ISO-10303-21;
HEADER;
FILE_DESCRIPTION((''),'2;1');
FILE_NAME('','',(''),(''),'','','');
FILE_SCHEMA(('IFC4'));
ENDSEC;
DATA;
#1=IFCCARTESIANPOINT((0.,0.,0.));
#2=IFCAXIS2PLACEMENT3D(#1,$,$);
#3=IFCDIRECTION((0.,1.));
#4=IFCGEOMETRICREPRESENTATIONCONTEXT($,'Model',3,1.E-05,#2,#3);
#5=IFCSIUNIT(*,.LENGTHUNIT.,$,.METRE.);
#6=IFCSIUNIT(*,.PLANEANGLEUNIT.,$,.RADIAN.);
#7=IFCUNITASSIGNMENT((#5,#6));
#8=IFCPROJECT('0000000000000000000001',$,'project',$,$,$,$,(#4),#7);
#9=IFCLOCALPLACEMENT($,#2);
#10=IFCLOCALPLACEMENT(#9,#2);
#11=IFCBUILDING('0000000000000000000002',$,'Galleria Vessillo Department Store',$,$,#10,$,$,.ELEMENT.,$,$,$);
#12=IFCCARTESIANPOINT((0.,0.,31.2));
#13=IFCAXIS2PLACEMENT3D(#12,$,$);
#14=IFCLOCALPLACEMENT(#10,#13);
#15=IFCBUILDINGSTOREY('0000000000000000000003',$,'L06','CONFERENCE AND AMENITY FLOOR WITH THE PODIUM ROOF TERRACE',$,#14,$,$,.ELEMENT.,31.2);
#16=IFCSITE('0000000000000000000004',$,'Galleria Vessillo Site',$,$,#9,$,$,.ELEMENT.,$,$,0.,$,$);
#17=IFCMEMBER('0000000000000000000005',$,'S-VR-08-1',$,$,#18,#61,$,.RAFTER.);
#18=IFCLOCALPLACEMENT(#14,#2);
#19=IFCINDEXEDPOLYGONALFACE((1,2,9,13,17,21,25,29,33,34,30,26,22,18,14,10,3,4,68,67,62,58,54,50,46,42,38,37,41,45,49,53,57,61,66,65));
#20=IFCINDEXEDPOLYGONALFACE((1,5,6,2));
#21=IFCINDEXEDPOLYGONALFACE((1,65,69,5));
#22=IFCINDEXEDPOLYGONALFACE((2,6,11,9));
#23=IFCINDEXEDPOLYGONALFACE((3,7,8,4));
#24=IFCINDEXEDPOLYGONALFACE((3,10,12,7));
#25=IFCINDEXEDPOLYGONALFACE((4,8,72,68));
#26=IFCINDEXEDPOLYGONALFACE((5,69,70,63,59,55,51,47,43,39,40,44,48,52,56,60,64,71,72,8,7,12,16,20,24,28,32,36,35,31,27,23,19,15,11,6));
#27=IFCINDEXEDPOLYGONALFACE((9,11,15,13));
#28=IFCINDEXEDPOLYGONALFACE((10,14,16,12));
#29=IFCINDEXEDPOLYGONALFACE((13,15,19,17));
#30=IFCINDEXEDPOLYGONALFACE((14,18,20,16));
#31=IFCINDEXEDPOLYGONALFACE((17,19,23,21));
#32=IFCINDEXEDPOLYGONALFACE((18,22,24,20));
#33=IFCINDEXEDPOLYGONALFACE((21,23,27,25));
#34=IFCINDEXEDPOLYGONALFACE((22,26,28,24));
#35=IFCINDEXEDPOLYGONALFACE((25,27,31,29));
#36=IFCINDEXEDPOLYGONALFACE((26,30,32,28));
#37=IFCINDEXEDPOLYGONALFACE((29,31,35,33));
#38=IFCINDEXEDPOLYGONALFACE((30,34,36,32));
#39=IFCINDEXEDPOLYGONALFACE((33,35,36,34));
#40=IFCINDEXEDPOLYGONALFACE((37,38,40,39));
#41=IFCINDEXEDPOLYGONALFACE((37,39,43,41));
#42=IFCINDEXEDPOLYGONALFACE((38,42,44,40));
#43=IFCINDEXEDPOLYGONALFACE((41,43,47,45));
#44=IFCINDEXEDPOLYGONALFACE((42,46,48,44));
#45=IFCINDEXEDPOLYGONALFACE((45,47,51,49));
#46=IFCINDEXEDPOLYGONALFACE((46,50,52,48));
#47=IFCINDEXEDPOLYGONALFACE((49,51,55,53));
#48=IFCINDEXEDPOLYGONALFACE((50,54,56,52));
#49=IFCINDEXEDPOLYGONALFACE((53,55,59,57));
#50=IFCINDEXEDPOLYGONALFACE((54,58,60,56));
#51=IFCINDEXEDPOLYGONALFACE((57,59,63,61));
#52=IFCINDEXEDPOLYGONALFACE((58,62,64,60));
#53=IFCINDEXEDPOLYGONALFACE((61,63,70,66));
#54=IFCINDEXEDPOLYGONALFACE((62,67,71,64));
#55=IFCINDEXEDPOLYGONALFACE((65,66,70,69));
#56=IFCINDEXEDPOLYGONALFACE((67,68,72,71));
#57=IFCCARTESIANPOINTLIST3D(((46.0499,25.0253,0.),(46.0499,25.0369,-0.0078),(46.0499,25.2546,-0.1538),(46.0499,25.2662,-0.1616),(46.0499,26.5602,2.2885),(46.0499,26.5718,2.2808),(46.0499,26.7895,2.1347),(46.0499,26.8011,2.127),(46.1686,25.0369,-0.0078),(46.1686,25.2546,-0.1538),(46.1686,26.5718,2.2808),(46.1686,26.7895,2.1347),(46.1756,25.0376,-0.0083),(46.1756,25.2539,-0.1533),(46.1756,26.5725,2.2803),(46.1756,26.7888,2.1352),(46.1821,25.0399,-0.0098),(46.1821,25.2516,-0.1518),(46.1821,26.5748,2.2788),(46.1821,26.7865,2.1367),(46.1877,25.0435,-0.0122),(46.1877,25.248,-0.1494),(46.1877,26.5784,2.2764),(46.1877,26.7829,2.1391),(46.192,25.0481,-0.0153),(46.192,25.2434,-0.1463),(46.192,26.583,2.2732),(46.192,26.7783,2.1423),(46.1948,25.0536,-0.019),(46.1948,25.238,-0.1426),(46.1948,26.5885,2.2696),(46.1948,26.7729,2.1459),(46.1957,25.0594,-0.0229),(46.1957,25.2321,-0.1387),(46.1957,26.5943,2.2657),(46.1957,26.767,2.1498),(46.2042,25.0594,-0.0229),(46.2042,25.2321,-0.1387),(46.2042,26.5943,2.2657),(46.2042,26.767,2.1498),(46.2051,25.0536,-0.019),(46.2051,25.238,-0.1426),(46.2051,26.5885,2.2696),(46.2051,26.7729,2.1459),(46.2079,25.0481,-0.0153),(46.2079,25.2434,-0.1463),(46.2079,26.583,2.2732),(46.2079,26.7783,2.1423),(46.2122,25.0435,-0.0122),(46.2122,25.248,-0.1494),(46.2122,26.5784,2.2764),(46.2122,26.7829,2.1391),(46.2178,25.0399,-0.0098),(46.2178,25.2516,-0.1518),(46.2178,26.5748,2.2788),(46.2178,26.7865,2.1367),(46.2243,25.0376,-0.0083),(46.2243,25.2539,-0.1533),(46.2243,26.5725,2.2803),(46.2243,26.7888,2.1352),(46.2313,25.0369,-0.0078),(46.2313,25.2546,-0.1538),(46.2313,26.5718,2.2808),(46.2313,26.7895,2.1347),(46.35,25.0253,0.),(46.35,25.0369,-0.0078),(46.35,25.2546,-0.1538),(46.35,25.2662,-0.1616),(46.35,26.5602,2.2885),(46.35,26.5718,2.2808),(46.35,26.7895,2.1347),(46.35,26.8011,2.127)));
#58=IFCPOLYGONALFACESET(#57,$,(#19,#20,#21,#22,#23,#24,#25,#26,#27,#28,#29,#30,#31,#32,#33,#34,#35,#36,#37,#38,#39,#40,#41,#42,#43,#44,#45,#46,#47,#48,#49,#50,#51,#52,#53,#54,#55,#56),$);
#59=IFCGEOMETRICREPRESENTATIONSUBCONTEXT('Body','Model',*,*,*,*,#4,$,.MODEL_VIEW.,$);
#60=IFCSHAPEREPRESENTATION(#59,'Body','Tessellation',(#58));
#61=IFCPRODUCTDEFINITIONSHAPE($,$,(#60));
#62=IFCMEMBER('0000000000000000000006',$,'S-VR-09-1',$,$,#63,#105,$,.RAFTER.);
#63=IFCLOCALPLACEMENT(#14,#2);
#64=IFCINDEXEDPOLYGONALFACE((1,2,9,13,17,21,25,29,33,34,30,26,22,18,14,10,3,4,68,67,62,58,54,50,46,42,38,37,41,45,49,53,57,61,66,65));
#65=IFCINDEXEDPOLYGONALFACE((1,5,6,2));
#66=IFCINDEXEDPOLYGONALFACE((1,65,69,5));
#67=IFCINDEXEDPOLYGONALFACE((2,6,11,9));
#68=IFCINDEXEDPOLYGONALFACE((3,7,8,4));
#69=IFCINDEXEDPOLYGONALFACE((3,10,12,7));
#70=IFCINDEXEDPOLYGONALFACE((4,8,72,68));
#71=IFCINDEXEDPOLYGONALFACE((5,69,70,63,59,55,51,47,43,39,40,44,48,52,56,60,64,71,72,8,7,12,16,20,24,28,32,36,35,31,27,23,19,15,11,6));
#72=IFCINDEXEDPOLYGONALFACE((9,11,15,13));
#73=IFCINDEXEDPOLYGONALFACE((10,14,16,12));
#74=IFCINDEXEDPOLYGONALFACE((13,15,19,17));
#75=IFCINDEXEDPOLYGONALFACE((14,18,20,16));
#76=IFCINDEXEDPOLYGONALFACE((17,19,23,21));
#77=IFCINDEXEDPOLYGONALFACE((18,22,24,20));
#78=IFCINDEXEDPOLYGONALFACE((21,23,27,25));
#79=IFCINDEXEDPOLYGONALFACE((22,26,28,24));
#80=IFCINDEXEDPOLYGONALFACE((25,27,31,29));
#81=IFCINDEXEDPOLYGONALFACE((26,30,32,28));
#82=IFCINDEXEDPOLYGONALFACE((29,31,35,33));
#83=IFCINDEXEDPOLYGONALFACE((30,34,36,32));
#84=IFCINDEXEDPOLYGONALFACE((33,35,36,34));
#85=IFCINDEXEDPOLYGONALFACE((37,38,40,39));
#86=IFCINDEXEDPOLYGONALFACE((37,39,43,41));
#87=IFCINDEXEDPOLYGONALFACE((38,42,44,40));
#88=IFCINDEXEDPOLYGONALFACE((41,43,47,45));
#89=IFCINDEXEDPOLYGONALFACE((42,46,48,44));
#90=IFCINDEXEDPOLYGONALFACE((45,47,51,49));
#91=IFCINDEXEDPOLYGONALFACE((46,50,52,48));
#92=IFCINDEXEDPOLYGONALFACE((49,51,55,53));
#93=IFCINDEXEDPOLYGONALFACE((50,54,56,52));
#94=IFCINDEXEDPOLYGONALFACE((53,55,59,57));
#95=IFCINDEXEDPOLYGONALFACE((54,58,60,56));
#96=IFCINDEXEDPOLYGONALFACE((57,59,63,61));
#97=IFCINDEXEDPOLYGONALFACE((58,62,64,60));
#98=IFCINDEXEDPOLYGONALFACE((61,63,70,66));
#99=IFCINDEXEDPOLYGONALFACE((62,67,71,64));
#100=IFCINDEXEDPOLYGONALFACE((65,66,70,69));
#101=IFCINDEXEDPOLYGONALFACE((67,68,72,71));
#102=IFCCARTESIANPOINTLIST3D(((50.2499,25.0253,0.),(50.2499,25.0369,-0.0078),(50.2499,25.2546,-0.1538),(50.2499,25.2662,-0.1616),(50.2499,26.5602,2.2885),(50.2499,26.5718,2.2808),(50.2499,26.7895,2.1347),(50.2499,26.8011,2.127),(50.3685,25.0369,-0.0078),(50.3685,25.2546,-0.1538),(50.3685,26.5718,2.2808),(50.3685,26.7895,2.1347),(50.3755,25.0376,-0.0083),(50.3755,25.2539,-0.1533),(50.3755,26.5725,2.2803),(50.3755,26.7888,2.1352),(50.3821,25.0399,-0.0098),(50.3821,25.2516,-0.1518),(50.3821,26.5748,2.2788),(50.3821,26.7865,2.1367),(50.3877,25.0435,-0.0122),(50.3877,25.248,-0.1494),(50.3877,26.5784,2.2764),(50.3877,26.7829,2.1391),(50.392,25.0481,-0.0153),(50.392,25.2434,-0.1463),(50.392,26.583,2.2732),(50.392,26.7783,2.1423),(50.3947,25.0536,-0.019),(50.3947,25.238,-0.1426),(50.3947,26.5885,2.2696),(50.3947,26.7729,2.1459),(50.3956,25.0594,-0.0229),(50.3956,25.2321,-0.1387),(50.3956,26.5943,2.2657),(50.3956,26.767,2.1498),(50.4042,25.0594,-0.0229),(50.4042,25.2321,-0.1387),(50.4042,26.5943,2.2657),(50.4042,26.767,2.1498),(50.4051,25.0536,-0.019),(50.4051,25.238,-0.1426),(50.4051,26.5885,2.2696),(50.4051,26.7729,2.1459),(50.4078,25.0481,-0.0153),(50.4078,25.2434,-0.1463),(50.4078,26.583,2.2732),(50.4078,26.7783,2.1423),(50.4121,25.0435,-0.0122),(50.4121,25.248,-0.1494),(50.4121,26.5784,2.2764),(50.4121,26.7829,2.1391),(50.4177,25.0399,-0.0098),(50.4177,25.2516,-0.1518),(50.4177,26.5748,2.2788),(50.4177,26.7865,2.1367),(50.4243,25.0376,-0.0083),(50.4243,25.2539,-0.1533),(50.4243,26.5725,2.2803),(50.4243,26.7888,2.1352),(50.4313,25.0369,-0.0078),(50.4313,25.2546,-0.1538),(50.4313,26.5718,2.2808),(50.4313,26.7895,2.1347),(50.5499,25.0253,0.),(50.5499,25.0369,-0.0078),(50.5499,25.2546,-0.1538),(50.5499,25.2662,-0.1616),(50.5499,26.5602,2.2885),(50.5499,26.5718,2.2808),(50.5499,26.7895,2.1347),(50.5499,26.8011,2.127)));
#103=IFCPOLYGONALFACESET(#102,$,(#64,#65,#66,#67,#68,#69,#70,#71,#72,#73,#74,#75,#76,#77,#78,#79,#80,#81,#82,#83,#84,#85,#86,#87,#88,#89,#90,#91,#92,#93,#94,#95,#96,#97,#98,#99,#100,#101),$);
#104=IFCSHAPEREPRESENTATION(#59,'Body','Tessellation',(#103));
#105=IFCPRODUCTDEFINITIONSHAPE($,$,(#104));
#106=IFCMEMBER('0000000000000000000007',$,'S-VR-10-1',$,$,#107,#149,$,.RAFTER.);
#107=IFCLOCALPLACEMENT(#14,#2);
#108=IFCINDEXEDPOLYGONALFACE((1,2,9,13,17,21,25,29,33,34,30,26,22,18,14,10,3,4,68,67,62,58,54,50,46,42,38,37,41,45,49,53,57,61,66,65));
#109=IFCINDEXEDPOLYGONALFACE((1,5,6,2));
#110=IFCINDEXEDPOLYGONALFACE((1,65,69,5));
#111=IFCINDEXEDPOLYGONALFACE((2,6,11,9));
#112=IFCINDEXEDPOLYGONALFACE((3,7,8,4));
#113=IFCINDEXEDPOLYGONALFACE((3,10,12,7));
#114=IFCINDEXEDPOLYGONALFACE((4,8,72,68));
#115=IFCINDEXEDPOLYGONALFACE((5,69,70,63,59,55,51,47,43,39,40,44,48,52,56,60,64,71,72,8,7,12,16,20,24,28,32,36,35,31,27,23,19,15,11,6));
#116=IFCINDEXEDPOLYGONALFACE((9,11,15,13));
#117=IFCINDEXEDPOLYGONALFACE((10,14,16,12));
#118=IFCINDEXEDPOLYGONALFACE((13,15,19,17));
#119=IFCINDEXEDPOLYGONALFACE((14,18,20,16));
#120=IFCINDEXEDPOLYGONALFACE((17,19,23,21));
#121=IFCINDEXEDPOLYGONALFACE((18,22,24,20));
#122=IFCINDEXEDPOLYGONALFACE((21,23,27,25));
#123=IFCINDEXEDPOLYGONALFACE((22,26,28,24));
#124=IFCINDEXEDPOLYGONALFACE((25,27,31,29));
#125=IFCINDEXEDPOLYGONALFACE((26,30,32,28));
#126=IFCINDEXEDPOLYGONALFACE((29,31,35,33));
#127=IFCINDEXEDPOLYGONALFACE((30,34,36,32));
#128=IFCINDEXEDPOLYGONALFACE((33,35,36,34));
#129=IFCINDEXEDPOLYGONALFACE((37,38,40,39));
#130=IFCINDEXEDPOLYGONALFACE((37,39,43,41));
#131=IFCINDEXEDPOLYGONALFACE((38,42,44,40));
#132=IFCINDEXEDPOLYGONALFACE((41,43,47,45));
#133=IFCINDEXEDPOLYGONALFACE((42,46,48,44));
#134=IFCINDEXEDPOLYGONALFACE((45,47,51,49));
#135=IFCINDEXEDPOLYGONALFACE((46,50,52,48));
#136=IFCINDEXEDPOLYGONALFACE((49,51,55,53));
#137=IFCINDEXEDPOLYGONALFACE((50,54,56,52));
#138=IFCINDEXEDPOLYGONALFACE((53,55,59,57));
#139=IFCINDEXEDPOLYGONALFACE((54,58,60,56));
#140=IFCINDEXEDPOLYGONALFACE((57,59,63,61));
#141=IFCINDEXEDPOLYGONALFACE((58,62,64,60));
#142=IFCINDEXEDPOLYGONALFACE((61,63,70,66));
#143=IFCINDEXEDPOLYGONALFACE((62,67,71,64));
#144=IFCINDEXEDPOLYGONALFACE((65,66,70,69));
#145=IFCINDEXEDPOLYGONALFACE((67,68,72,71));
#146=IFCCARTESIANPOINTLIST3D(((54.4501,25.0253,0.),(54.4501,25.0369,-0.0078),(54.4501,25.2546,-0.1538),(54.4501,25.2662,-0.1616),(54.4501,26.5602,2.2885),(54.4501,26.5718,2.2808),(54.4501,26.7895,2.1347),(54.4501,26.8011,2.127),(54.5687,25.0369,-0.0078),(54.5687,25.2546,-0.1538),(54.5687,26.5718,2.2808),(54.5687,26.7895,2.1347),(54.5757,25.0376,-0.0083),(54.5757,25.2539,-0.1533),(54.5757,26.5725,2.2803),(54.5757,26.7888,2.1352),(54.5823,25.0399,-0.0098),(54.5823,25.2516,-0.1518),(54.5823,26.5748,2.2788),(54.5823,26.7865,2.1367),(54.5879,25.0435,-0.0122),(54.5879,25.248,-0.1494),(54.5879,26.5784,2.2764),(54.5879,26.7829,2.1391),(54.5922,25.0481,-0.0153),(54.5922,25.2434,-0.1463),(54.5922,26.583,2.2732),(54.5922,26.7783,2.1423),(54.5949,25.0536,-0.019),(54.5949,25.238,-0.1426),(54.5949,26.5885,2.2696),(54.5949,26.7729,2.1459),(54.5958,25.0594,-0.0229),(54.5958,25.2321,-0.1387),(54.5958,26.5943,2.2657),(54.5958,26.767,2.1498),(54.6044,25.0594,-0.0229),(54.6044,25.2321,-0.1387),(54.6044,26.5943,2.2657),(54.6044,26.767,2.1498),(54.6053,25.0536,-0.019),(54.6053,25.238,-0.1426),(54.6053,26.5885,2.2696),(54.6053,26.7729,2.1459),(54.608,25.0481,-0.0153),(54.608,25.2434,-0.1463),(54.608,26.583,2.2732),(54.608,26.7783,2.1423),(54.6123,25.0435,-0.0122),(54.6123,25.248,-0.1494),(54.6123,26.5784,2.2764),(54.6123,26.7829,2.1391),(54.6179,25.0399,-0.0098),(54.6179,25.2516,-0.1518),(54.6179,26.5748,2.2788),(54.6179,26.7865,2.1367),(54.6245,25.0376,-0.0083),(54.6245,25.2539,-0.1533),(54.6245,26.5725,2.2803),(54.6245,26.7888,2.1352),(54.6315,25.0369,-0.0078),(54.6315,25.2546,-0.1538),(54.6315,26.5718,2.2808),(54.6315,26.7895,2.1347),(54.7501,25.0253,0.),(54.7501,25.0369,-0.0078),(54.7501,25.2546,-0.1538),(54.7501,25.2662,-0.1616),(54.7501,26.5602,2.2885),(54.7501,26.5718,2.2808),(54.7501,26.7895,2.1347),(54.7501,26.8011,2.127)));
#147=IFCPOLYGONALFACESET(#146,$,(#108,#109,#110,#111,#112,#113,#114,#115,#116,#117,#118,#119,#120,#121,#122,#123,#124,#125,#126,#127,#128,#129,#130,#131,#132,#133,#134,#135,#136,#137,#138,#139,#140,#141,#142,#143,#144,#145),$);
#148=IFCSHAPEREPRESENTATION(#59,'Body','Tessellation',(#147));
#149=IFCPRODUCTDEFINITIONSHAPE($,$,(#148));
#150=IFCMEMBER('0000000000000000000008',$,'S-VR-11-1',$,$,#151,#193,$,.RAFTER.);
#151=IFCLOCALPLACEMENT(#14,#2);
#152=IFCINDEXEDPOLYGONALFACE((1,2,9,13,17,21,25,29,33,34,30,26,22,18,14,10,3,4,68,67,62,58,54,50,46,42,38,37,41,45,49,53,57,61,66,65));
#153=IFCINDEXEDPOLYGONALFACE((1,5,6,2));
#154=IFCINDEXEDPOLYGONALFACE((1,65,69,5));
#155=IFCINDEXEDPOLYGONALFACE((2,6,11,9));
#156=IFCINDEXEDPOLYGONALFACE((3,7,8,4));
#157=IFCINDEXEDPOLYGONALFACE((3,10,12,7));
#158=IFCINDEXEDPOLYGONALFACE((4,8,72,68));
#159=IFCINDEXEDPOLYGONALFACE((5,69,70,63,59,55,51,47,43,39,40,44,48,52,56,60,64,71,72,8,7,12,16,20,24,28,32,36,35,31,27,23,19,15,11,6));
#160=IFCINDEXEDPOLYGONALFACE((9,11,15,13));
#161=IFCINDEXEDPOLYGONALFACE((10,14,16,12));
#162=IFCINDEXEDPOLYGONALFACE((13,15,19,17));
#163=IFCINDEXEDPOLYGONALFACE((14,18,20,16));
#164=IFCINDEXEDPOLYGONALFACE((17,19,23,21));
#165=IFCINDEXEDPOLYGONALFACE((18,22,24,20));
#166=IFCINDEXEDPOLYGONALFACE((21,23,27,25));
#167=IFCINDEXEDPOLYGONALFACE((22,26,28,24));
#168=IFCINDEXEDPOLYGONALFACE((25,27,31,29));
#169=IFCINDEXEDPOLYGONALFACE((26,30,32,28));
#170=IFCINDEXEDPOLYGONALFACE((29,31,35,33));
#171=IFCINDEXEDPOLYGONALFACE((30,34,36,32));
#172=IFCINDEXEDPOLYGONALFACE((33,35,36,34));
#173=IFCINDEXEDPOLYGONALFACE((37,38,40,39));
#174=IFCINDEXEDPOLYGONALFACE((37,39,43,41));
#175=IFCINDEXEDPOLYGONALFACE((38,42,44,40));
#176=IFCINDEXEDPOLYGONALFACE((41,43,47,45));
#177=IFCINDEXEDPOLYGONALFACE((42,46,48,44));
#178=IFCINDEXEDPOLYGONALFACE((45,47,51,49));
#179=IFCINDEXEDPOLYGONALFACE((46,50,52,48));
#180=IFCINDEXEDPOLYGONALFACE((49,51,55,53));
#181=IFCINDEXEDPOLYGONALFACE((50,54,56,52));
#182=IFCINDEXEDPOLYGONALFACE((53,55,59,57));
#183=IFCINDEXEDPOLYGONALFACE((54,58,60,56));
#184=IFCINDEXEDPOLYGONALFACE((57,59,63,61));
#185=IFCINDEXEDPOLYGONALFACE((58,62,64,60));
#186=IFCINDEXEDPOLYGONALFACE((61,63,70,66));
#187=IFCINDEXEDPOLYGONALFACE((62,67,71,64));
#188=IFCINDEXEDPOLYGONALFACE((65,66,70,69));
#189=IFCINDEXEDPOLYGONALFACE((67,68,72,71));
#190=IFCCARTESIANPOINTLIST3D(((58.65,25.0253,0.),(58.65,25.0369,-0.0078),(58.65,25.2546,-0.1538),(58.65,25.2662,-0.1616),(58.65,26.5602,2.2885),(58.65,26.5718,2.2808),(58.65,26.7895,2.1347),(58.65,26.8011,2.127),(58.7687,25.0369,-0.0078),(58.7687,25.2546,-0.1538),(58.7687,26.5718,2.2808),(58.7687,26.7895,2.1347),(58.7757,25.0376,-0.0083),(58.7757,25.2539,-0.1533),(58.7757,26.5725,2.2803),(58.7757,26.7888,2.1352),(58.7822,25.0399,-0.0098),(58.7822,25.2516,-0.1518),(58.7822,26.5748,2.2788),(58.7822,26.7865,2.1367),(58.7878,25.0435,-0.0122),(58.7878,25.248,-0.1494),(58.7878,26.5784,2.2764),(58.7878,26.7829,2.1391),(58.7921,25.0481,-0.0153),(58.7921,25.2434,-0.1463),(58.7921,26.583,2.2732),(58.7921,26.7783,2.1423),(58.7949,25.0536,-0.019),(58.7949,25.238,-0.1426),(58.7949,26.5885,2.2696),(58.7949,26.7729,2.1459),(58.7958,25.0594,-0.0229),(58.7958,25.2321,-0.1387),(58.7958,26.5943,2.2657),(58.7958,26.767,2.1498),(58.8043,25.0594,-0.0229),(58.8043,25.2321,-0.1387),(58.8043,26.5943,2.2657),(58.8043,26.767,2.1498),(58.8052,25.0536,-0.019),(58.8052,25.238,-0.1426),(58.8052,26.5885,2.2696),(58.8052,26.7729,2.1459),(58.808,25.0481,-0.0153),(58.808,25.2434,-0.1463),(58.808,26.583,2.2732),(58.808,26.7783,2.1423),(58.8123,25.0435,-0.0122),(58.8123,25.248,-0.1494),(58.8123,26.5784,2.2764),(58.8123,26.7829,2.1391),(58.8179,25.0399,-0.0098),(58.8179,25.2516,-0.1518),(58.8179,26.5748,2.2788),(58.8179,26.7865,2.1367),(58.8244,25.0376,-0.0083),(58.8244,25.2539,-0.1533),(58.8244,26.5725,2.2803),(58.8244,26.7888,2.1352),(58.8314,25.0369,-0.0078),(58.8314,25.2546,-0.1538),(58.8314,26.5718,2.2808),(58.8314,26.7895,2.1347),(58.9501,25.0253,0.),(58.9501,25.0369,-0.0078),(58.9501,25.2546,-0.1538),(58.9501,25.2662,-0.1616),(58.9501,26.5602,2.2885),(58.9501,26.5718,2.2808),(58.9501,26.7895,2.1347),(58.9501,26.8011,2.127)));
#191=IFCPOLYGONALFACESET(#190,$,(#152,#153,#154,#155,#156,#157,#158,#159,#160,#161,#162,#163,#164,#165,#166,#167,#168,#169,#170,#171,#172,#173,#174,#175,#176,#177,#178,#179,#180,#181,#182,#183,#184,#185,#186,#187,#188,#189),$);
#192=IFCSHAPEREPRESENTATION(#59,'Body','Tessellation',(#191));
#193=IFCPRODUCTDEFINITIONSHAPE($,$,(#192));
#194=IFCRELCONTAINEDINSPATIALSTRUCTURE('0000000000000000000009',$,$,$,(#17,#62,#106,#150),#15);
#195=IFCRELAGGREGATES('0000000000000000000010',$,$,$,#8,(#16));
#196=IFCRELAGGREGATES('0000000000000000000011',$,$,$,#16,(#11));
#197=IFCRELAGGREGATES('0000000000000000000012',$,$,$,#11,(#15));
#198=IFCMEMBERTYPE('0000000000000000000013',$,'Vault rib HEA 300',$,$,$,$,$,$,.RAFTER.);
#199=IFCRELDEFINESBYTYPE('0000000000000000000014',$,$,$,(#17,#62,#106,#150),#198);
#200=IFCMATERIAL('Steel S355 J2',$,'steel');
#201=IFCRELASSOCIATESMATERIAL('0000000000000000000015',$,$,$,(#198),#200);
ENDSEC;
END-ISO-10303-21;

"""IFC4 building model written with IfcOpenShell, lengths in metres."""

from ifc_helpers import new_model, si_unit, direction, frame, origin, origin_2d, place, context, subcontext, project, spatial, i_section, extrude, material, material_profile, profile_set, type_object, element, save


model = new_model("IFC4")

# Units and contexts
model_context = context("Model", 3, precision=1e-05, world=origin(), true_north=direction((0.0, 1.0)))
body_context = subcontext(model_context, "Body", "Model", "MODEL_VIEW")
ifc_project = project(units=[si_unit("LENGTHUNIT", "METRE"), si_unit("PLANEANGLEUNIT", "RADIAN")], contexts=[model_context])

# Site, building, storey
site_placement = place(None, origin())
site = spatial("IfcSite", under=ifc_project, at=site_placement, Name="Galleria Vessillo Site", CompositionType="ELEMENT", RefElevation=0.0)
building_placement = place(site_placement, origin())
building = spatial("IfcBuilding", under=site, at=building_placement, Name="Galleria Vessillo Department Store", CompositionType="ELEMENT")
storey_placement = place(building_placement, frame((0.0, 0.0, 31.2)))
storey = spatial("IfcBuildingStorey", under=building, at=storey_placement, Name="L06", Description="CONFERENCE AND AMENITY FLOOR WITH THE PODIUM ROOF TERRACE", CompositionType="ELEMENT", Elevation=31.2)

# Members
ifc_material_1 = material(Name="Steel S355 J2", Category="steel")
ifc_material_profile_1 = material_profile(ifc_material_1, i_section(OverallWidth=0.3, OverallDepth=0.29, WebThickness=0.0085, FlangeThickness=0.0139, FilletRadius=0.0271, at=origin_2d()), Name="HEA 300")
ifc_profile_set_1 = profile_set([ifc_material_profile_1], Name="Steel S355 J2")
member_type_1 = type_object("IfcMemberType", Name="Vault rib HEA 300", PredefinedType="RAFTER", material=ifc_profile_set_1)
for number, where, z_axis, x_axis, name in (
    (1, (46.2, 25.1458, -0.0808), (0.0, 0.557008, 0.830507), (-1.0, 0.0, 0.0), "S-VR-08-1"),
    (2, (50.3999, 25.1458, -0.0808), (0.0, 0.557008, 0.830507), (-1.0, 0.0, 0.0), "S-VR-09-1"),
    (3, (54.6001, 25.1458, -0.0808), (0.0, 0.557008, 0.830507), (-1.0, 0.0, 0.0), "S-VR-10-1"),
    (4, (58.8, 25.1458, -0.0808), (0.0, 0.557008, 0.830507), (-1.0, 0.0, 0.0), "S-VR-11-1"),
):
    element("IfcMember", number, at=place(storey_placement, frame(where, z_axis=z_axis, x_axis=x_axis)), inside=storey, type_object=member_type_1, Name=name, PredefinedType="RAFTER", context=body_context, shape_type="SweptSolid", body=[
        extrude(i_section(OverallWidth=0.3, OverallDepth=0.29, WebThickness=0.0085, FlangeThickness=0.0139, FilletRadius=0.0271, at=origin_2d()), origin(), (0.0, 0.0, 1.0), 2.7556),
    ])

save(model, "model.ifc")
